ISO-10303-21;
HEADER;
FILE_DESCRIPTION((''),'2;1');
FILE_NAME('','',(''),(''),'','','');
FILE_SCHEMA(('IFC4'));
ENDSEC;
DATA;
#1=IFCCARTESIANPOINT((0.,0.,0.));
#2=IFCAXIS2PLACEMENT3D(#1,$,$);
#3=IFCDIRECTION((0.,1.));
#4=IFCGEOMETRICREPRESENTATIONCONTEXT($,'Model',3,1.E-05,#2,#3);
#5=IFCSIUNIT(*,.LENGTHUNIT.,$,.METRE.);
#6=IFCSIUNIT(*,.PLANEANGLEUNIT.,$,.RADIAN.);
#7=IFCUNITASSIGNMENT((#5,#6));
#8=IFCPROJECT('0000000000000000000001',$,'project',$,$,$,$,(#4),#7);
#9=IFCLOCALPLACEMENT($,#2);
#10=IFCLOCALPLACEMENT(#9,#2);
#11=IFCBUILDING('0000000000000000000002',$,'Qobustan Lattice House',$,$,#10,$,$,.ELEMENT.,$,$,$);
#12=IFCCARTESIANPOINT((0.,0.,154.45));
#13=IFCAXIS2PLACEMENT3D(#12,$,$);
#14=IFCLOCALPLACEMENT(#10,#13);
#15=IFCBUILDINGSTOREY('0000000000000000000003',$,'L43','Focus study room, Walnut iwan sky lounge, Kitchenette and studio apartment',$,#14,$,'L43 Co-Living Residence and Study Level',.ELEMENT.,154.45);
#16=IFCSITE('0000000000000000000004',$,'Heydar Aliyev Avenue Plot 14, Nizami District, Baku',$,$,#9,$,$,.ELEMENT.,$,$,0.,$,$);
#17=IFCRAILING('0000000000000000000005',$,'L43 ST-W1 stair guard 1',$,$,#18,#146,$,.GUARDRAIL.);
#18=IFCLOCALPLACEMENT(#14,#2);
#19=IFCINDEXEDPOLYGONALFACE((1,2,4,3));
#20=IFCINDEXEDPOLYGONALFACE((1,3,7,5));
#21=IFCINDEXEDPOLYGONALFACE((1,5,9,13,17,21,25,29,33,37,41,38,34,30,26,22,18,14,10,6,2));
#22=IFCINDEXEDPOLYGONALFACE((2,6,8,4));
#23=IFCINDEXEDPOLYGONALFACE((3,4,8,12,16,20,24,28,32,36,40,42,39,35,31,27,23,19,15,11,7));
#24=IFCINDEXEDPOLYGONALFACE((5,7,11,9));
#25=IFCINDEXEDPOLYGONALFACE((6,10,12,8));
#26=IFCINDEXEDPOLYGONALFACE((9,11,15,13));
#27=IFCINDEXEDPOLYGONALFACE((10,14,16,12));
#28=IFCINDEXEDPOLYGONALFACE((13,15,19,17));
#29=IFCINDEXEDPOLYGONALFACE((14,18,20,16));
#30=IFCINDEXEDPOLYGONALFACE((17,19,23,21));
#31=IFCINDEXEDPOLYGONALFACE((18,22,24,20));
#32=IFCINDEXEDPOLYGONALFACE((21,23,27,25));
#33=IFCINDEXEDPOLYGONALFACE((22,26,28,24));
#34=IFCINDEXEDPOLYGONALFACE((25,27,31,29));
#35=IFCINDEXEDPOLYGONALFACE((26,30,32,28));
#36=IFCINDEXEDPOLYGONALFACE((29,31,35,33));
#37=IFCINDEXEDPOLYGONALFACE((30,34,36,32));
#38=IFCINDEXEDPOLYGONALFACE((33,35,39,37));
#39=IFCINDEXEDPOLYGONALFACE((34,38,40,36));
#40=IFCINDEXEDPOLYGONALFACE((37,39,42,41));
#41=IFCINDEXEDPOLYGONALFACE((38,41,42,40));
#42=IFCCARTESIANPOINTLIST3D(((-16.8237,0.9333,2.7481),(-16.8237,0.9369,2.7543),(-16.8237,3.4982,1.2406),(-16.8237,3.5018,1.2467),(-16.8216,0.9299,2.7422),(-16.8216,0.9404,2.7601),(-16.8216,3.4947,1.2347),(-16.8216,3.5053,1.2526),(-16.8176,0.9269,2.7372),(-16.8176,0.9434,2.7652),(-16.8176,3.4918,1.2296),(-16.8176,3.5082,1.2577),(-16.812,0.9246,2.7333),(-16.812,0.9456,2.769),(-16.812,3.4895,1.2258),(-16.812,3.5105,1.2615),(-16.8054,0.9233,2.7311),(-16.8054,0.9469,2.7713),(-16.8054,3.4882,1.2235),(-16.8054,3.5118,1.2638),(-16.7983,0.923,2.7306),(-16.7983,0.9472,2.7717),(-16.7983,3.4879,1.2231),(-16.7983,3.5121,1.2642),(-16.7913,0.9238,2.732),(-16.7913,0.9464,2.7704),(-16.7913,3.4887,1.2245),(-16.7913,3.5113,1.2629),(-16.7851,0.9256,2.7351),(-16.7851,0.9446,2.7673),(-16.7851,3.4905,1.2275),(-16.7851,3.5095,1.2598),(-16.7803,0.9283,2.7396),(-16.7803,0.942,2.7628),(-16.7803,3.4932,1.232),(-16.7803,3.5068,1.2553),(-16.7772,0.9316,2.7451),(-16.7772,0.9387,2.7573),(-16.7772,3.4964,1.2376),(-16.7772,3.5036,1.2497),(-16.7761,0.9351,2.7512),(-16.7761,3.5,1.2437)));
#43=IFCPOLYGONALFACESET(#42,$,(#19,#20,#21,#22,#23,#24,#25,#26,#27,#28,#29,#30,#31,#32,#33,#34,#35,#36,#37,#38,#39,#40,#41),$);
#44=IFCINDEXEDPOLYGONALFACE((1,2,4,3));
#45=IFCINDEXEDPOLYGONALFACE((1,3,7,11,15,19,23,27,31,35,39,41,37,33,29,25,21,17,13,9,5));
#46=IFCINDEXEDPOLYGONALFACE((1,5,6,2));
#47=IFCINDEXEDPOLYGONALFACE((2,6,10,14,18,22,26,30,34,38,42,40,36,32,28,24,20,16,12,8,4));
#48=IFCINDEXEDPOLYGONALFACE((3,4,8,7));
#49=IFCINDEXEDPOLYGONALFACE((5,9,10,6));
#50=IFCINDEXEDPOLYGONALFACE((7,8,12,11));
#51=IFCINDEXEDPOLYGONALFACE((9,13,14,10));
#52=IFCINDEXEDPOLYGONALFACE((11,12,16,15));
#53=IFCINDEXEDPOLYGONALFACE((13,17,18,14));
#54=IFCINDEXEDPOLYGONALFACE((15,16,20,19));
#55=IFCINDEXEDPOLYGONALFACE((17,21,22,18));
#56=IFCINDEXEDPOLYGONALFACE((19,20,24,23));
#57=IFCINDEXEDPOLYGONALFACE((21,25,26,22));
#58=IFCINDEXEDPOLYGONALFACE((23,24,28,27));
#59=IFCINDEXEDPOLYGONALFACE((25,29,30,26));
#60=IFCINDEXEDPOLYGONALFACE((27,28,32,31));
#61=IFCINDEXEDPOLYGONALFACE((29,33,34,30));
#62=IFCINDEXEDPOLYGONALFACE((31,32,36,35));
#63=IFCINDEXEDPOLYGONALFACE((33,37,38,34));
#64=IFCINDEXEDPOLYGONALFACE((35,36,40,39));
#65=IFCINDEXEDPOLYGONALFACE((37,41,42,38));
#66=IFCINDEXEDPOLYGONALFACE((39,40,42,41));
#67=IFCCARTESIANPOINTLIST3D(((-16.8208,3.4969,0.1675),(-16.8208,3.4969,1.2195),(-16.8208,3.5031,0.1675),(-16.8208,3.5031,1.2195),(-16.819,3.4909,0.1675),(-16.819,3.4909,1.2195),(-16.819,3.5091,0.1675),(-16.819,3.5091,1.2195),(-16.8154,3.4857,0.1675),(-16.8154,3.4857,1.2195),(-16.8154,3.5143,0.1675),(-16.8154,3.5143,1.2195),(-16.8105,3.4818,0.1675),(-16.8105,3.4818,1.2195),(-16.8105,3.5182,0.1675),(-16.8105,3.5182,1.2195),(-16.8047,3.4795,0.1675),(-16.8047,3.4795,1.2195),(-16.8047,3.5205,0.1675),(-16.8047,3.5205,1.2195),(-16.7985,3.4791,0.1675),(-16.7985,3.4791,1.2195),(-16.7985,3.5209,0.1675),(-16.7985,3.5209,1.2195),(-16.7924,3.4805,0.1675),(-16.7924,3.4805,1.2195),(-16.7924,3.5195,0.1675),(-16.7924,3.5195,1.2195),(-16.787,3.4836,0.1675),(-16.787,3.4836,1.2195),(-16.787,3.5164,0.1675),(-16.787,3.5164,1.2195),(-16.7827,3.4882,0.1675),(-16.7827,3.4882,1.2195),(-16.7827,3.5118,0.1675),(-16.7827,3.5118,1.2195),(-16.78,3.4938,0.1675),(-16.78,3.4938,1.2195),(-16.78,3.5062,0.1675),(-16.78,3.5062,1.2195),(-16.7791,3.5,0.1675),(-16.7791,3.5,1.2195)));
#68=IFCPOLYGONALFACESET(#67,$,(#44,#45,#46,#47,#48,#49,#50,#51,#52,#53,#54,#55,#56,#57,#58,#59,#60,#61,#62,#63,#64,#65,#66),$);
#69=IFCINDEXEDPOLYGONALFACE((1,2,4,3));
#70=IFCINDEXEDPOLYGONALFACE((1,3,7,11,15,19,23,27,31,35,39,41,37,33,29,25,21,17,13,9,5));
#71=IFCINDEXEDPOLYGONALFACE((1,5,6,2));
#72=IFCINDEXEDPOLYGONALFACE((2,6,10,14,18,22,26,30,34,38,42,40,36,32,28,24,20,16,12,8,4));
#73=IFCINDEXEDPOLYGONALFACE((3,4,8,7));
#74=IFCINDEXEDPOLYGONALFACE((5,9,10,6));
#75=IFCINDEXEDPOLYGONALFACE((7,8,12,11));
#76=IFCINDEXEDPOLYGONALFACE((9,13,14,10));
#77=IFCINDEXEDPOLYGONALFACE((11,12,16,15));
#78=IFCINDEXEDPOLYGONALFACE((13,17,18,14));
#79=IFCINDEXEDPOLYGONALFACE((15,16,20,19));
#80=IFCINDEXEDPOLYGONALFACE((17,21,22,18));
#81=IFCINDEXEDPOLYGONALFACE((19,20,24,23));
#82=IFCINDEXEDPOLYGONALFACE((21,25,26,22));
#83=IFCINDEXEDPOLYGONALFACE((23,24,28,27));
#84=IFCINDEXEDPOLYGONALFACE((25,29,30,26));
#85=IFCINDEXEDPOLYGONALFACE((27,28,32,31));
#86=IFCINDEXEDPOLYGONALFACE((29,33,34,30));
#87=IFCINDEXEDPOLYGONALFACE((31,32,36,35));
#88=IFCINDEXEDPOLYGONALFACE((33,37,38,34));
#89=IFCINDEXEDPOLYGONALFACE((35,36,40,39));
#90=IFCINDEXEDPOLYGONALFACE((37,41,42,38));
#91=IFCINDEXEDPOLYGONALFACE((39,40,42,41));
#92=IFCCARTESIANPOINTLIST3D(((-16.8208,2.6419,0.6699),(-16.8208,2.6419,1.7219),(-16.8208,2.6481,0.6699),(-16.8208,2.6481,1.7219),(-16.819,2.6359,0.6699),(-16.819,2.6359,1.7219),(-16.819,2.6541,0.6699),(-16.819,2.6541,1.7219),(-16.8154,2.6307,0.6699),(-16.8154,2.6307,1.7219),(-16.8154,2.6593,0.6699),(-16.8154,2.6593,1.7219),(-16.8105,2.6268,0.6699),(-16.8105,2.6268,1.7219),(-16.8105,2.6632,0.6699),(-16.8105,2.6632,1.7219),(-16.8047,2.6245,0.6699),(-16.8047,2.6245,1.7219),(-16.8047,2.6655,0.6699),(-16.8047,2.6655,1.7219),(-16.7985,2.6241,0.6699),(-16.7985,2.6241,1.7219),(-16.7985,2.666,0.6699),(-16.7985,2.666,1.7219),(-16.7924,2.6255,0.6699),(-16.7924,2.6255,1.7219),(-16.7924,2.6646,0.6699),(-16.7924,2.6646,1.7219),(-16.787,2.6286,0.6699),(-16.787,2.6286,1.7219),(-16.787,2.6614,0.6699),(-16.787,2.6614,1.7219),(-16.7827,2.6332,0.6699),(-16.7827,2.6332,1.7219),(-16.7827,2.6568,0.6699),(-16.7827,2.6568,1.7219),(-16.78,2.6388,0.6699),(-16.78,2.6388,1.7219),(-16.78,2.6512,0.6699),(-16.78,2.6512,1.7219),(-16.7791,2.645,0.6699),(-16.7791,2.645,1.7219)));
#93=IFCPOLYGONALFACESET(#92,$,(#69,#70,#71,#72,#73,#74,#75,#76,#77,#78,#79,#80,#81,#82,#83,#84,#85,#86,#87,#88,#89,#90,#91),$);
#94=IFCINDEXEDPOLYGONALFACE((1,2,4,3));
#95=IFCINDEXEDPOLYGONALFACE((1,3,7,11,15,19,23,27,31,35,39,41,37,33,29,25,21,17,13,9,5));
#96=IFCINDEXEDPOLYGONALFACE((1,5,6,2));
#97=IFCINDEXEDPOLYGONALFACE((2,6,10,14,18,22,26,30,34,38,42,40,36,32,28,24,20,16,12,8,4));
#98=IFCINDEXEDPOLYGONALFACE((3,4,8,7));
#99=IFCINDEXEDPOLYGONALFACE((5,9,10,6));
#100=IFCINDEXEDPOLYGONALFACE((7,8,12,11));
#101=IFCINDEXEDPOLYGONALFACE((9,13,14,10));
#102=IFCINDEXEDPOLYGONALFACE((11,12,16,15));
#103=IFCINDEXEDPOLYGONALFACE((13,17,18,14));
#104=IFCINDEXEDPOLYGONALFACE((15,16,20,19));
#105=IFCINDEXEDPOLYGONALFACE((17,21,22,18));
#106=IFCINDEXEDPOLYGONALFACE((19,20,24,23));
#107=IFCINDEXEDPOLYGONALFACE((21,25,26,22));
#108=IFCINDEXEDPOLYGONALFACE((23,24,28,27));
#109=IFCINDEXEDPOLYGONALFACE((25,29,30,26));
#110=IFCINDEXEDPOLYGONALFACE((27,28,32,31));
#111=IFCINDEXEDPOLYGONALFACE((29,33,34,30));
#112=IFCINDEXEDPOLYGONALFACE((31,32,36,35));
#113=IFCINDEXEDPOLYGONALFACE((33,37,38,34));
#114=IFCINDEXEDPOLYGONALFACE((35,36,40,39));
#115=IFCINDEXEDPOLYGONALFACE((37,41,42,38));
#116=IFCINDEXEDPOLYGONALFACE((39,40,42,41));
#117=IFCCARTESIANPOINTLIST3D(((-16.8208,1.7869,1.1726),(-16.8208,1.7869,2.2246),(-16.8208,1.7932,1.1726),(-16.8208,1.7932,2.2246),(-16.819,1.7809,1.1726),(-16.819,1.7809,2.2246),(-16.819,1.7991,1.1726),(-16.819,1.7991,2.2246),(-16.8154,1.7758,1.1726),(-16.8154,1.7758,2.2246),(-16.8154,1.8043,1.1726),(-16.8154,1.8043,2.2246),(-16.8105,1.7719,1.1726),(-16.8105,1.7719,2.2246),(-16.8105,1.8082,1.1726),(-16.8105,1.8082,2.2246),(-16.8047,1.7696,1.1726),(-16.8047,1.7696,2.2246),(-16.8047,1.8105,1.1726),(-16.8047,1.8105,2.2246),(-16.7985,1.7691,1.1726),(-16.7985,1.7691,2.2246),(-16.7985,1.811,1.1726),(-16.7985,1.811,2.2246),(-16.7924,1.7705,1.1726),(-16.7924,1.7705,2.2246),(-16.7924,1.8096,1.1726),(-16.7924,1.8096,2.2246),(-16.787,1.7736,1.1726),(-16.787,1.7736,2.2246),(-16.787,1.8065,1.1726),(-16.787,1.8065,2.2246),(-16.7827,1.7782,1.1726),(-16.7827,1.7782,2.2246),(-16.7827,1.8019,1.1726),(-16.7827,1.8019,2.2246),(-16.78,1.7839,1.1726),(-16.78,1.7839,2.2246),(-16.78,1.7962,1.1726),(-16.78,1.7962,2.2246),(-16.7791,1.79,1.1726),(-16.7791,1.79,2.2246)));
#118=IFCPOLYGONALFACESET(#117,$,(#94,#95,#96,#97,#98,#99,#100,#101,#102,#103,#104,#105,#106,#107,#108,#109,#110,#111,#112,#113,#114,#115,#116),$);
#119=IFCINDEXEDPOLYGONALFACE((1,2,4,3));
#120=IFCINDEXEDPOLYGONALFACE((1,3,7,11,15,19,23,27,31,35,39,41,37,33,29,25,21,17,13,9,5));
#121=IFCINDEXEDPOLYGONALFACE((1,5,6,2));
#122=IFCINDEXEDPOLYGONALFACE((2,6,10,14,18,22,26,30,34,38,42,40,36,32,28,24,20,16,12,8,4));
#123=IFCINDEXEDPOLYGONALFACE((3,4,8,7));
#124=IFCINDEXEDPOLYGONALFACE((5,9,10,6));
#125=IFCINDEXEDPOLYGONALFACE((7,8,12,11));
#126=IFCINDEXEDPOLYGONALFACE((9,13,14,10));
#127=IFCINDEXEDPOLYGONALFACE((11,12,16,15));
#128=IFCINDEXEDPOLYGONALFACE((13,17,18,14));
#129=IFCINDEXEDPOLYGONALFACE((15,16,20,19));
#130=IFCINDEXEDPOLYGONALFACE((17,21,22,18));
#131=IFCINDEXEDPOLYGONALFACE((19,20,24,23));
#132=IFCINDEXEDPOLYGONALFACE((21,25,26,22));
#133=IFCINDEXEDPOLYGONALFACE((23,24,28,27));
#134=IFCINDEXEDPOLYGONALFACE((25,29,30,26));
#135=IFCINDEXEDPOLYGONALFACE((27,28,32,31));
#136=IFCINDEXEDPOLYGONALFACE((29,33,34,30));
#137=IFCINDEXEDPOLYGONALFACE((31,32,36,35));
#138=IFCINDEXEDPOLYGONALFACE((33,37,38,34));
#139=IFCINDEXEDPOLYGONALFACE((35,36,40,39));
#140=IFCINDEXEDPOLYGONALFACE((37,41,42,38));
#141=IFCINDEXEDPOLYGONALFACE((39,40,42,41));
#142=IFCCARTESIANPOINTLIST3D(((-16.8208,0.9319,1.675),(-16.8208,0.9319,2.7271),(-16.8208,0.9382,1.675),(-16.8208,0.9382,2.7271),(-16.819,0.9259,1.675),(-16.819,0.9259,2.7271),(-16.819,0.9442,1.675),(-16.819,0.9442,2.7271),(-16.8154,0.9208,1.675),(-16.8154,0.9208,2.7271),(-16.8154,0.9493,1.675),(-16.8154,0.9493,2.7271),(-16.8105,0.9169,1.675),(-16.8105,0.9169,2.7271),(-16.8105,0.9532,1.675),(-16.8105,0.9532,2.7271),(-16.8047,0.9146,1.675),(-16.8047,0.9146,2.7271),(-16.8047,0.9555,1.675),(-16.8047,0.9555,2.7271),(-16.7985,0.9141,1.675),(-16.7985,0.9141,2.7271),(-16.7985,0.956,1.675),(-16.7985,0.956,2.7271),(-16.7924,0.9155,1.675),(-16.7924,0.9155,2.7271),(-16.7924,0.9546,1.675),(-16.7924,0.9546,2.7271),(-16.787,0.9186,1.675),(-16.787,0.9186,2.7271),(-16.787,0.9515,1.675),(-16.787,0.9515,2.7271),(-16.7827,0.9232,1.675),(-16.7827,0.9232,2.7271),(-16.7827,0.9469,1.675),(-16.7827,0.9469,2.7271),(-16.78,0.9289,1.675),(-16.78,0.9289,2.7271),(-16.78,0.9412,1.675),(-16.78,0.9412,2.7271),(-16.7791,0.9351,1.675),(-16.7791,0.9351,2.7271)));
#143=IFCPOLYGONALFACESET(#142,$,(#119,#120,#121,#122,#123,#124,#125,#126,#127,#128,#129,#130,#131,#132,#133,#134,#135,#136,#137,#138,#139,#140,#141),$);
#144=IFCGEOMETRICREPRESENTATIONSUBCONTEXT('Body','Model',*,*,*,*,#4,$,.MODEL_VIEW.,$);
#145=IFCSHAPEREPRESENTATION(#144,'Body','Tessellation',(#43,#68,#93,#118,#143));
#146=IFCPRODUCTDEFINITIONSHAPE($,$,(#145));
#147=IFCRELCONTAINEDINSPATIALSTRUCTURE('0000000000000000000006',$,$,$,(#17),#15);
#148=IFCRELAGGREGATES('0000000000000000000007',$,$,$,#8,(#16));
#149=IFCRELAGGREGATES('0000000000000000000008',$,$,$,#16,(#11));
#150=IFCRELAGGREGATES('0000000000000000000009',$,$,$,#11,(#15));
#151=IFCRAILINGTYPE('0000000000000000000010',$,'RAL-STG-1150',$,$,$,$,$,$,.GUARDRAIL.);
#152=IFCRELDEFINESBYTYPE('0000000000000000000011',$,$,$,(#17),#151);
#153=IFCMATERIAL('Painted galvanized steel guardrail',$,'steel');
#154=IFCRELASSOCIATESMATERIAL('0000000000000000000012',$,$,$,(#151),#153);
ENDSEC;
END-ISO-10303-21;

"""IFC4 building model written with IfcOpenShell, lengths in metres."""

from ifc_helpers import new_model, si_unit, direction, frame, origin, origin_2d, place, context, subcontext, project, spatial, circle, extrude, material, type_object, element, save


model = new_model("IFC4")

# Units and contexts
model_context = context("Model", 3, precision=1e-05, world=origin(), true_north=direction((0.0, 1.0)))
body_context = subcontext(model_context, "Body", "Model", "MODEL_VIEW")
ifc_project = project(units=[si_unit("LENGTHUNIT", "METRE"), si_unit("PLANEANGLEUNIT", "RADIAN")], contexts=[model_context])

# Site, building, storey
site_placement = place(None, origin())
site = spatial("IfcSite", under=ifc_project, at=site_placement, Name="Heydar Aliyev Avenue Plot 14, Nizami District, Baku", CompositionType="ELEMENT", RefElevation=0.0)
building_placement = place(site_placement, origin())
building = spatial("IfcBuilding", under=site, at=building_placement, Name="Qobustan Lattice House", CompositionType="ELEMENT")
storey_placement = place(building_placement, frame((0.0, 0.0, 154.45)))
storey = spatial("IfcBuildingStorey", under=building, at=storey_placement, Name="L43", Description="Focus study room, Walnut iwan sky lounge, Kitchenette and studio apartment", LongName="L43 Co-Living Residence and Study Level", CompositionType="ELEMENT", Elevation=154.45)

# Railing
ifc_material_1 = material(Name="Painted galvanized steel guardrail", Category="steel")
railing_type_1 = type_object("IfcRailingType", Name="RAL-STG-1150", PredefinedType="GUARDRAIL", material=ifc_material_1)
railing_1_placement = place(storey_placement, frame((-16.8, 3.5, 0.1675)))
element("IfcRailing", 1, at=railing_1_placement, inside=storey, type_object=railing_type_1, Name="L43 ST-W1 stair guard 1", PredefinedType="GUARDRAIL", context=body_context, shape_type="SweptSolid", body=[
    extrude(circle(Radius=0.0239, at=origin_2d()), frame((0.0, 0.0, 1.0762), z_axis=(0.0, -0.862113, 0.506715), x_axis=(1.0, 0.0, 0.0)), (0.0, 0.0, 1.0), 2.9751),
    extrude(circle(Radius=0.021, at=origin_2d()), origin(), (0.0, 0.0, 1.0), 1.052),
    extrude(circle(Radius=0.021, at=origin_2d()), frame((0.0, -0.855, 0.5024)), (0.0, 0.0, 1.0), 1.052),
    extrude(circle(Radius=0.021, at=origin_2d()), frame((0.0, -1.71, 1.0051)), (0.0, 0.0, 1.0), 1.052),
    extrude(circle(Radius=0.021, at=origin_2d()), frame((0.0, -2.5649, 1.5076)), (0.0, 0.0, 1.0), 1.052),
])

save(model, "model.ifc")
